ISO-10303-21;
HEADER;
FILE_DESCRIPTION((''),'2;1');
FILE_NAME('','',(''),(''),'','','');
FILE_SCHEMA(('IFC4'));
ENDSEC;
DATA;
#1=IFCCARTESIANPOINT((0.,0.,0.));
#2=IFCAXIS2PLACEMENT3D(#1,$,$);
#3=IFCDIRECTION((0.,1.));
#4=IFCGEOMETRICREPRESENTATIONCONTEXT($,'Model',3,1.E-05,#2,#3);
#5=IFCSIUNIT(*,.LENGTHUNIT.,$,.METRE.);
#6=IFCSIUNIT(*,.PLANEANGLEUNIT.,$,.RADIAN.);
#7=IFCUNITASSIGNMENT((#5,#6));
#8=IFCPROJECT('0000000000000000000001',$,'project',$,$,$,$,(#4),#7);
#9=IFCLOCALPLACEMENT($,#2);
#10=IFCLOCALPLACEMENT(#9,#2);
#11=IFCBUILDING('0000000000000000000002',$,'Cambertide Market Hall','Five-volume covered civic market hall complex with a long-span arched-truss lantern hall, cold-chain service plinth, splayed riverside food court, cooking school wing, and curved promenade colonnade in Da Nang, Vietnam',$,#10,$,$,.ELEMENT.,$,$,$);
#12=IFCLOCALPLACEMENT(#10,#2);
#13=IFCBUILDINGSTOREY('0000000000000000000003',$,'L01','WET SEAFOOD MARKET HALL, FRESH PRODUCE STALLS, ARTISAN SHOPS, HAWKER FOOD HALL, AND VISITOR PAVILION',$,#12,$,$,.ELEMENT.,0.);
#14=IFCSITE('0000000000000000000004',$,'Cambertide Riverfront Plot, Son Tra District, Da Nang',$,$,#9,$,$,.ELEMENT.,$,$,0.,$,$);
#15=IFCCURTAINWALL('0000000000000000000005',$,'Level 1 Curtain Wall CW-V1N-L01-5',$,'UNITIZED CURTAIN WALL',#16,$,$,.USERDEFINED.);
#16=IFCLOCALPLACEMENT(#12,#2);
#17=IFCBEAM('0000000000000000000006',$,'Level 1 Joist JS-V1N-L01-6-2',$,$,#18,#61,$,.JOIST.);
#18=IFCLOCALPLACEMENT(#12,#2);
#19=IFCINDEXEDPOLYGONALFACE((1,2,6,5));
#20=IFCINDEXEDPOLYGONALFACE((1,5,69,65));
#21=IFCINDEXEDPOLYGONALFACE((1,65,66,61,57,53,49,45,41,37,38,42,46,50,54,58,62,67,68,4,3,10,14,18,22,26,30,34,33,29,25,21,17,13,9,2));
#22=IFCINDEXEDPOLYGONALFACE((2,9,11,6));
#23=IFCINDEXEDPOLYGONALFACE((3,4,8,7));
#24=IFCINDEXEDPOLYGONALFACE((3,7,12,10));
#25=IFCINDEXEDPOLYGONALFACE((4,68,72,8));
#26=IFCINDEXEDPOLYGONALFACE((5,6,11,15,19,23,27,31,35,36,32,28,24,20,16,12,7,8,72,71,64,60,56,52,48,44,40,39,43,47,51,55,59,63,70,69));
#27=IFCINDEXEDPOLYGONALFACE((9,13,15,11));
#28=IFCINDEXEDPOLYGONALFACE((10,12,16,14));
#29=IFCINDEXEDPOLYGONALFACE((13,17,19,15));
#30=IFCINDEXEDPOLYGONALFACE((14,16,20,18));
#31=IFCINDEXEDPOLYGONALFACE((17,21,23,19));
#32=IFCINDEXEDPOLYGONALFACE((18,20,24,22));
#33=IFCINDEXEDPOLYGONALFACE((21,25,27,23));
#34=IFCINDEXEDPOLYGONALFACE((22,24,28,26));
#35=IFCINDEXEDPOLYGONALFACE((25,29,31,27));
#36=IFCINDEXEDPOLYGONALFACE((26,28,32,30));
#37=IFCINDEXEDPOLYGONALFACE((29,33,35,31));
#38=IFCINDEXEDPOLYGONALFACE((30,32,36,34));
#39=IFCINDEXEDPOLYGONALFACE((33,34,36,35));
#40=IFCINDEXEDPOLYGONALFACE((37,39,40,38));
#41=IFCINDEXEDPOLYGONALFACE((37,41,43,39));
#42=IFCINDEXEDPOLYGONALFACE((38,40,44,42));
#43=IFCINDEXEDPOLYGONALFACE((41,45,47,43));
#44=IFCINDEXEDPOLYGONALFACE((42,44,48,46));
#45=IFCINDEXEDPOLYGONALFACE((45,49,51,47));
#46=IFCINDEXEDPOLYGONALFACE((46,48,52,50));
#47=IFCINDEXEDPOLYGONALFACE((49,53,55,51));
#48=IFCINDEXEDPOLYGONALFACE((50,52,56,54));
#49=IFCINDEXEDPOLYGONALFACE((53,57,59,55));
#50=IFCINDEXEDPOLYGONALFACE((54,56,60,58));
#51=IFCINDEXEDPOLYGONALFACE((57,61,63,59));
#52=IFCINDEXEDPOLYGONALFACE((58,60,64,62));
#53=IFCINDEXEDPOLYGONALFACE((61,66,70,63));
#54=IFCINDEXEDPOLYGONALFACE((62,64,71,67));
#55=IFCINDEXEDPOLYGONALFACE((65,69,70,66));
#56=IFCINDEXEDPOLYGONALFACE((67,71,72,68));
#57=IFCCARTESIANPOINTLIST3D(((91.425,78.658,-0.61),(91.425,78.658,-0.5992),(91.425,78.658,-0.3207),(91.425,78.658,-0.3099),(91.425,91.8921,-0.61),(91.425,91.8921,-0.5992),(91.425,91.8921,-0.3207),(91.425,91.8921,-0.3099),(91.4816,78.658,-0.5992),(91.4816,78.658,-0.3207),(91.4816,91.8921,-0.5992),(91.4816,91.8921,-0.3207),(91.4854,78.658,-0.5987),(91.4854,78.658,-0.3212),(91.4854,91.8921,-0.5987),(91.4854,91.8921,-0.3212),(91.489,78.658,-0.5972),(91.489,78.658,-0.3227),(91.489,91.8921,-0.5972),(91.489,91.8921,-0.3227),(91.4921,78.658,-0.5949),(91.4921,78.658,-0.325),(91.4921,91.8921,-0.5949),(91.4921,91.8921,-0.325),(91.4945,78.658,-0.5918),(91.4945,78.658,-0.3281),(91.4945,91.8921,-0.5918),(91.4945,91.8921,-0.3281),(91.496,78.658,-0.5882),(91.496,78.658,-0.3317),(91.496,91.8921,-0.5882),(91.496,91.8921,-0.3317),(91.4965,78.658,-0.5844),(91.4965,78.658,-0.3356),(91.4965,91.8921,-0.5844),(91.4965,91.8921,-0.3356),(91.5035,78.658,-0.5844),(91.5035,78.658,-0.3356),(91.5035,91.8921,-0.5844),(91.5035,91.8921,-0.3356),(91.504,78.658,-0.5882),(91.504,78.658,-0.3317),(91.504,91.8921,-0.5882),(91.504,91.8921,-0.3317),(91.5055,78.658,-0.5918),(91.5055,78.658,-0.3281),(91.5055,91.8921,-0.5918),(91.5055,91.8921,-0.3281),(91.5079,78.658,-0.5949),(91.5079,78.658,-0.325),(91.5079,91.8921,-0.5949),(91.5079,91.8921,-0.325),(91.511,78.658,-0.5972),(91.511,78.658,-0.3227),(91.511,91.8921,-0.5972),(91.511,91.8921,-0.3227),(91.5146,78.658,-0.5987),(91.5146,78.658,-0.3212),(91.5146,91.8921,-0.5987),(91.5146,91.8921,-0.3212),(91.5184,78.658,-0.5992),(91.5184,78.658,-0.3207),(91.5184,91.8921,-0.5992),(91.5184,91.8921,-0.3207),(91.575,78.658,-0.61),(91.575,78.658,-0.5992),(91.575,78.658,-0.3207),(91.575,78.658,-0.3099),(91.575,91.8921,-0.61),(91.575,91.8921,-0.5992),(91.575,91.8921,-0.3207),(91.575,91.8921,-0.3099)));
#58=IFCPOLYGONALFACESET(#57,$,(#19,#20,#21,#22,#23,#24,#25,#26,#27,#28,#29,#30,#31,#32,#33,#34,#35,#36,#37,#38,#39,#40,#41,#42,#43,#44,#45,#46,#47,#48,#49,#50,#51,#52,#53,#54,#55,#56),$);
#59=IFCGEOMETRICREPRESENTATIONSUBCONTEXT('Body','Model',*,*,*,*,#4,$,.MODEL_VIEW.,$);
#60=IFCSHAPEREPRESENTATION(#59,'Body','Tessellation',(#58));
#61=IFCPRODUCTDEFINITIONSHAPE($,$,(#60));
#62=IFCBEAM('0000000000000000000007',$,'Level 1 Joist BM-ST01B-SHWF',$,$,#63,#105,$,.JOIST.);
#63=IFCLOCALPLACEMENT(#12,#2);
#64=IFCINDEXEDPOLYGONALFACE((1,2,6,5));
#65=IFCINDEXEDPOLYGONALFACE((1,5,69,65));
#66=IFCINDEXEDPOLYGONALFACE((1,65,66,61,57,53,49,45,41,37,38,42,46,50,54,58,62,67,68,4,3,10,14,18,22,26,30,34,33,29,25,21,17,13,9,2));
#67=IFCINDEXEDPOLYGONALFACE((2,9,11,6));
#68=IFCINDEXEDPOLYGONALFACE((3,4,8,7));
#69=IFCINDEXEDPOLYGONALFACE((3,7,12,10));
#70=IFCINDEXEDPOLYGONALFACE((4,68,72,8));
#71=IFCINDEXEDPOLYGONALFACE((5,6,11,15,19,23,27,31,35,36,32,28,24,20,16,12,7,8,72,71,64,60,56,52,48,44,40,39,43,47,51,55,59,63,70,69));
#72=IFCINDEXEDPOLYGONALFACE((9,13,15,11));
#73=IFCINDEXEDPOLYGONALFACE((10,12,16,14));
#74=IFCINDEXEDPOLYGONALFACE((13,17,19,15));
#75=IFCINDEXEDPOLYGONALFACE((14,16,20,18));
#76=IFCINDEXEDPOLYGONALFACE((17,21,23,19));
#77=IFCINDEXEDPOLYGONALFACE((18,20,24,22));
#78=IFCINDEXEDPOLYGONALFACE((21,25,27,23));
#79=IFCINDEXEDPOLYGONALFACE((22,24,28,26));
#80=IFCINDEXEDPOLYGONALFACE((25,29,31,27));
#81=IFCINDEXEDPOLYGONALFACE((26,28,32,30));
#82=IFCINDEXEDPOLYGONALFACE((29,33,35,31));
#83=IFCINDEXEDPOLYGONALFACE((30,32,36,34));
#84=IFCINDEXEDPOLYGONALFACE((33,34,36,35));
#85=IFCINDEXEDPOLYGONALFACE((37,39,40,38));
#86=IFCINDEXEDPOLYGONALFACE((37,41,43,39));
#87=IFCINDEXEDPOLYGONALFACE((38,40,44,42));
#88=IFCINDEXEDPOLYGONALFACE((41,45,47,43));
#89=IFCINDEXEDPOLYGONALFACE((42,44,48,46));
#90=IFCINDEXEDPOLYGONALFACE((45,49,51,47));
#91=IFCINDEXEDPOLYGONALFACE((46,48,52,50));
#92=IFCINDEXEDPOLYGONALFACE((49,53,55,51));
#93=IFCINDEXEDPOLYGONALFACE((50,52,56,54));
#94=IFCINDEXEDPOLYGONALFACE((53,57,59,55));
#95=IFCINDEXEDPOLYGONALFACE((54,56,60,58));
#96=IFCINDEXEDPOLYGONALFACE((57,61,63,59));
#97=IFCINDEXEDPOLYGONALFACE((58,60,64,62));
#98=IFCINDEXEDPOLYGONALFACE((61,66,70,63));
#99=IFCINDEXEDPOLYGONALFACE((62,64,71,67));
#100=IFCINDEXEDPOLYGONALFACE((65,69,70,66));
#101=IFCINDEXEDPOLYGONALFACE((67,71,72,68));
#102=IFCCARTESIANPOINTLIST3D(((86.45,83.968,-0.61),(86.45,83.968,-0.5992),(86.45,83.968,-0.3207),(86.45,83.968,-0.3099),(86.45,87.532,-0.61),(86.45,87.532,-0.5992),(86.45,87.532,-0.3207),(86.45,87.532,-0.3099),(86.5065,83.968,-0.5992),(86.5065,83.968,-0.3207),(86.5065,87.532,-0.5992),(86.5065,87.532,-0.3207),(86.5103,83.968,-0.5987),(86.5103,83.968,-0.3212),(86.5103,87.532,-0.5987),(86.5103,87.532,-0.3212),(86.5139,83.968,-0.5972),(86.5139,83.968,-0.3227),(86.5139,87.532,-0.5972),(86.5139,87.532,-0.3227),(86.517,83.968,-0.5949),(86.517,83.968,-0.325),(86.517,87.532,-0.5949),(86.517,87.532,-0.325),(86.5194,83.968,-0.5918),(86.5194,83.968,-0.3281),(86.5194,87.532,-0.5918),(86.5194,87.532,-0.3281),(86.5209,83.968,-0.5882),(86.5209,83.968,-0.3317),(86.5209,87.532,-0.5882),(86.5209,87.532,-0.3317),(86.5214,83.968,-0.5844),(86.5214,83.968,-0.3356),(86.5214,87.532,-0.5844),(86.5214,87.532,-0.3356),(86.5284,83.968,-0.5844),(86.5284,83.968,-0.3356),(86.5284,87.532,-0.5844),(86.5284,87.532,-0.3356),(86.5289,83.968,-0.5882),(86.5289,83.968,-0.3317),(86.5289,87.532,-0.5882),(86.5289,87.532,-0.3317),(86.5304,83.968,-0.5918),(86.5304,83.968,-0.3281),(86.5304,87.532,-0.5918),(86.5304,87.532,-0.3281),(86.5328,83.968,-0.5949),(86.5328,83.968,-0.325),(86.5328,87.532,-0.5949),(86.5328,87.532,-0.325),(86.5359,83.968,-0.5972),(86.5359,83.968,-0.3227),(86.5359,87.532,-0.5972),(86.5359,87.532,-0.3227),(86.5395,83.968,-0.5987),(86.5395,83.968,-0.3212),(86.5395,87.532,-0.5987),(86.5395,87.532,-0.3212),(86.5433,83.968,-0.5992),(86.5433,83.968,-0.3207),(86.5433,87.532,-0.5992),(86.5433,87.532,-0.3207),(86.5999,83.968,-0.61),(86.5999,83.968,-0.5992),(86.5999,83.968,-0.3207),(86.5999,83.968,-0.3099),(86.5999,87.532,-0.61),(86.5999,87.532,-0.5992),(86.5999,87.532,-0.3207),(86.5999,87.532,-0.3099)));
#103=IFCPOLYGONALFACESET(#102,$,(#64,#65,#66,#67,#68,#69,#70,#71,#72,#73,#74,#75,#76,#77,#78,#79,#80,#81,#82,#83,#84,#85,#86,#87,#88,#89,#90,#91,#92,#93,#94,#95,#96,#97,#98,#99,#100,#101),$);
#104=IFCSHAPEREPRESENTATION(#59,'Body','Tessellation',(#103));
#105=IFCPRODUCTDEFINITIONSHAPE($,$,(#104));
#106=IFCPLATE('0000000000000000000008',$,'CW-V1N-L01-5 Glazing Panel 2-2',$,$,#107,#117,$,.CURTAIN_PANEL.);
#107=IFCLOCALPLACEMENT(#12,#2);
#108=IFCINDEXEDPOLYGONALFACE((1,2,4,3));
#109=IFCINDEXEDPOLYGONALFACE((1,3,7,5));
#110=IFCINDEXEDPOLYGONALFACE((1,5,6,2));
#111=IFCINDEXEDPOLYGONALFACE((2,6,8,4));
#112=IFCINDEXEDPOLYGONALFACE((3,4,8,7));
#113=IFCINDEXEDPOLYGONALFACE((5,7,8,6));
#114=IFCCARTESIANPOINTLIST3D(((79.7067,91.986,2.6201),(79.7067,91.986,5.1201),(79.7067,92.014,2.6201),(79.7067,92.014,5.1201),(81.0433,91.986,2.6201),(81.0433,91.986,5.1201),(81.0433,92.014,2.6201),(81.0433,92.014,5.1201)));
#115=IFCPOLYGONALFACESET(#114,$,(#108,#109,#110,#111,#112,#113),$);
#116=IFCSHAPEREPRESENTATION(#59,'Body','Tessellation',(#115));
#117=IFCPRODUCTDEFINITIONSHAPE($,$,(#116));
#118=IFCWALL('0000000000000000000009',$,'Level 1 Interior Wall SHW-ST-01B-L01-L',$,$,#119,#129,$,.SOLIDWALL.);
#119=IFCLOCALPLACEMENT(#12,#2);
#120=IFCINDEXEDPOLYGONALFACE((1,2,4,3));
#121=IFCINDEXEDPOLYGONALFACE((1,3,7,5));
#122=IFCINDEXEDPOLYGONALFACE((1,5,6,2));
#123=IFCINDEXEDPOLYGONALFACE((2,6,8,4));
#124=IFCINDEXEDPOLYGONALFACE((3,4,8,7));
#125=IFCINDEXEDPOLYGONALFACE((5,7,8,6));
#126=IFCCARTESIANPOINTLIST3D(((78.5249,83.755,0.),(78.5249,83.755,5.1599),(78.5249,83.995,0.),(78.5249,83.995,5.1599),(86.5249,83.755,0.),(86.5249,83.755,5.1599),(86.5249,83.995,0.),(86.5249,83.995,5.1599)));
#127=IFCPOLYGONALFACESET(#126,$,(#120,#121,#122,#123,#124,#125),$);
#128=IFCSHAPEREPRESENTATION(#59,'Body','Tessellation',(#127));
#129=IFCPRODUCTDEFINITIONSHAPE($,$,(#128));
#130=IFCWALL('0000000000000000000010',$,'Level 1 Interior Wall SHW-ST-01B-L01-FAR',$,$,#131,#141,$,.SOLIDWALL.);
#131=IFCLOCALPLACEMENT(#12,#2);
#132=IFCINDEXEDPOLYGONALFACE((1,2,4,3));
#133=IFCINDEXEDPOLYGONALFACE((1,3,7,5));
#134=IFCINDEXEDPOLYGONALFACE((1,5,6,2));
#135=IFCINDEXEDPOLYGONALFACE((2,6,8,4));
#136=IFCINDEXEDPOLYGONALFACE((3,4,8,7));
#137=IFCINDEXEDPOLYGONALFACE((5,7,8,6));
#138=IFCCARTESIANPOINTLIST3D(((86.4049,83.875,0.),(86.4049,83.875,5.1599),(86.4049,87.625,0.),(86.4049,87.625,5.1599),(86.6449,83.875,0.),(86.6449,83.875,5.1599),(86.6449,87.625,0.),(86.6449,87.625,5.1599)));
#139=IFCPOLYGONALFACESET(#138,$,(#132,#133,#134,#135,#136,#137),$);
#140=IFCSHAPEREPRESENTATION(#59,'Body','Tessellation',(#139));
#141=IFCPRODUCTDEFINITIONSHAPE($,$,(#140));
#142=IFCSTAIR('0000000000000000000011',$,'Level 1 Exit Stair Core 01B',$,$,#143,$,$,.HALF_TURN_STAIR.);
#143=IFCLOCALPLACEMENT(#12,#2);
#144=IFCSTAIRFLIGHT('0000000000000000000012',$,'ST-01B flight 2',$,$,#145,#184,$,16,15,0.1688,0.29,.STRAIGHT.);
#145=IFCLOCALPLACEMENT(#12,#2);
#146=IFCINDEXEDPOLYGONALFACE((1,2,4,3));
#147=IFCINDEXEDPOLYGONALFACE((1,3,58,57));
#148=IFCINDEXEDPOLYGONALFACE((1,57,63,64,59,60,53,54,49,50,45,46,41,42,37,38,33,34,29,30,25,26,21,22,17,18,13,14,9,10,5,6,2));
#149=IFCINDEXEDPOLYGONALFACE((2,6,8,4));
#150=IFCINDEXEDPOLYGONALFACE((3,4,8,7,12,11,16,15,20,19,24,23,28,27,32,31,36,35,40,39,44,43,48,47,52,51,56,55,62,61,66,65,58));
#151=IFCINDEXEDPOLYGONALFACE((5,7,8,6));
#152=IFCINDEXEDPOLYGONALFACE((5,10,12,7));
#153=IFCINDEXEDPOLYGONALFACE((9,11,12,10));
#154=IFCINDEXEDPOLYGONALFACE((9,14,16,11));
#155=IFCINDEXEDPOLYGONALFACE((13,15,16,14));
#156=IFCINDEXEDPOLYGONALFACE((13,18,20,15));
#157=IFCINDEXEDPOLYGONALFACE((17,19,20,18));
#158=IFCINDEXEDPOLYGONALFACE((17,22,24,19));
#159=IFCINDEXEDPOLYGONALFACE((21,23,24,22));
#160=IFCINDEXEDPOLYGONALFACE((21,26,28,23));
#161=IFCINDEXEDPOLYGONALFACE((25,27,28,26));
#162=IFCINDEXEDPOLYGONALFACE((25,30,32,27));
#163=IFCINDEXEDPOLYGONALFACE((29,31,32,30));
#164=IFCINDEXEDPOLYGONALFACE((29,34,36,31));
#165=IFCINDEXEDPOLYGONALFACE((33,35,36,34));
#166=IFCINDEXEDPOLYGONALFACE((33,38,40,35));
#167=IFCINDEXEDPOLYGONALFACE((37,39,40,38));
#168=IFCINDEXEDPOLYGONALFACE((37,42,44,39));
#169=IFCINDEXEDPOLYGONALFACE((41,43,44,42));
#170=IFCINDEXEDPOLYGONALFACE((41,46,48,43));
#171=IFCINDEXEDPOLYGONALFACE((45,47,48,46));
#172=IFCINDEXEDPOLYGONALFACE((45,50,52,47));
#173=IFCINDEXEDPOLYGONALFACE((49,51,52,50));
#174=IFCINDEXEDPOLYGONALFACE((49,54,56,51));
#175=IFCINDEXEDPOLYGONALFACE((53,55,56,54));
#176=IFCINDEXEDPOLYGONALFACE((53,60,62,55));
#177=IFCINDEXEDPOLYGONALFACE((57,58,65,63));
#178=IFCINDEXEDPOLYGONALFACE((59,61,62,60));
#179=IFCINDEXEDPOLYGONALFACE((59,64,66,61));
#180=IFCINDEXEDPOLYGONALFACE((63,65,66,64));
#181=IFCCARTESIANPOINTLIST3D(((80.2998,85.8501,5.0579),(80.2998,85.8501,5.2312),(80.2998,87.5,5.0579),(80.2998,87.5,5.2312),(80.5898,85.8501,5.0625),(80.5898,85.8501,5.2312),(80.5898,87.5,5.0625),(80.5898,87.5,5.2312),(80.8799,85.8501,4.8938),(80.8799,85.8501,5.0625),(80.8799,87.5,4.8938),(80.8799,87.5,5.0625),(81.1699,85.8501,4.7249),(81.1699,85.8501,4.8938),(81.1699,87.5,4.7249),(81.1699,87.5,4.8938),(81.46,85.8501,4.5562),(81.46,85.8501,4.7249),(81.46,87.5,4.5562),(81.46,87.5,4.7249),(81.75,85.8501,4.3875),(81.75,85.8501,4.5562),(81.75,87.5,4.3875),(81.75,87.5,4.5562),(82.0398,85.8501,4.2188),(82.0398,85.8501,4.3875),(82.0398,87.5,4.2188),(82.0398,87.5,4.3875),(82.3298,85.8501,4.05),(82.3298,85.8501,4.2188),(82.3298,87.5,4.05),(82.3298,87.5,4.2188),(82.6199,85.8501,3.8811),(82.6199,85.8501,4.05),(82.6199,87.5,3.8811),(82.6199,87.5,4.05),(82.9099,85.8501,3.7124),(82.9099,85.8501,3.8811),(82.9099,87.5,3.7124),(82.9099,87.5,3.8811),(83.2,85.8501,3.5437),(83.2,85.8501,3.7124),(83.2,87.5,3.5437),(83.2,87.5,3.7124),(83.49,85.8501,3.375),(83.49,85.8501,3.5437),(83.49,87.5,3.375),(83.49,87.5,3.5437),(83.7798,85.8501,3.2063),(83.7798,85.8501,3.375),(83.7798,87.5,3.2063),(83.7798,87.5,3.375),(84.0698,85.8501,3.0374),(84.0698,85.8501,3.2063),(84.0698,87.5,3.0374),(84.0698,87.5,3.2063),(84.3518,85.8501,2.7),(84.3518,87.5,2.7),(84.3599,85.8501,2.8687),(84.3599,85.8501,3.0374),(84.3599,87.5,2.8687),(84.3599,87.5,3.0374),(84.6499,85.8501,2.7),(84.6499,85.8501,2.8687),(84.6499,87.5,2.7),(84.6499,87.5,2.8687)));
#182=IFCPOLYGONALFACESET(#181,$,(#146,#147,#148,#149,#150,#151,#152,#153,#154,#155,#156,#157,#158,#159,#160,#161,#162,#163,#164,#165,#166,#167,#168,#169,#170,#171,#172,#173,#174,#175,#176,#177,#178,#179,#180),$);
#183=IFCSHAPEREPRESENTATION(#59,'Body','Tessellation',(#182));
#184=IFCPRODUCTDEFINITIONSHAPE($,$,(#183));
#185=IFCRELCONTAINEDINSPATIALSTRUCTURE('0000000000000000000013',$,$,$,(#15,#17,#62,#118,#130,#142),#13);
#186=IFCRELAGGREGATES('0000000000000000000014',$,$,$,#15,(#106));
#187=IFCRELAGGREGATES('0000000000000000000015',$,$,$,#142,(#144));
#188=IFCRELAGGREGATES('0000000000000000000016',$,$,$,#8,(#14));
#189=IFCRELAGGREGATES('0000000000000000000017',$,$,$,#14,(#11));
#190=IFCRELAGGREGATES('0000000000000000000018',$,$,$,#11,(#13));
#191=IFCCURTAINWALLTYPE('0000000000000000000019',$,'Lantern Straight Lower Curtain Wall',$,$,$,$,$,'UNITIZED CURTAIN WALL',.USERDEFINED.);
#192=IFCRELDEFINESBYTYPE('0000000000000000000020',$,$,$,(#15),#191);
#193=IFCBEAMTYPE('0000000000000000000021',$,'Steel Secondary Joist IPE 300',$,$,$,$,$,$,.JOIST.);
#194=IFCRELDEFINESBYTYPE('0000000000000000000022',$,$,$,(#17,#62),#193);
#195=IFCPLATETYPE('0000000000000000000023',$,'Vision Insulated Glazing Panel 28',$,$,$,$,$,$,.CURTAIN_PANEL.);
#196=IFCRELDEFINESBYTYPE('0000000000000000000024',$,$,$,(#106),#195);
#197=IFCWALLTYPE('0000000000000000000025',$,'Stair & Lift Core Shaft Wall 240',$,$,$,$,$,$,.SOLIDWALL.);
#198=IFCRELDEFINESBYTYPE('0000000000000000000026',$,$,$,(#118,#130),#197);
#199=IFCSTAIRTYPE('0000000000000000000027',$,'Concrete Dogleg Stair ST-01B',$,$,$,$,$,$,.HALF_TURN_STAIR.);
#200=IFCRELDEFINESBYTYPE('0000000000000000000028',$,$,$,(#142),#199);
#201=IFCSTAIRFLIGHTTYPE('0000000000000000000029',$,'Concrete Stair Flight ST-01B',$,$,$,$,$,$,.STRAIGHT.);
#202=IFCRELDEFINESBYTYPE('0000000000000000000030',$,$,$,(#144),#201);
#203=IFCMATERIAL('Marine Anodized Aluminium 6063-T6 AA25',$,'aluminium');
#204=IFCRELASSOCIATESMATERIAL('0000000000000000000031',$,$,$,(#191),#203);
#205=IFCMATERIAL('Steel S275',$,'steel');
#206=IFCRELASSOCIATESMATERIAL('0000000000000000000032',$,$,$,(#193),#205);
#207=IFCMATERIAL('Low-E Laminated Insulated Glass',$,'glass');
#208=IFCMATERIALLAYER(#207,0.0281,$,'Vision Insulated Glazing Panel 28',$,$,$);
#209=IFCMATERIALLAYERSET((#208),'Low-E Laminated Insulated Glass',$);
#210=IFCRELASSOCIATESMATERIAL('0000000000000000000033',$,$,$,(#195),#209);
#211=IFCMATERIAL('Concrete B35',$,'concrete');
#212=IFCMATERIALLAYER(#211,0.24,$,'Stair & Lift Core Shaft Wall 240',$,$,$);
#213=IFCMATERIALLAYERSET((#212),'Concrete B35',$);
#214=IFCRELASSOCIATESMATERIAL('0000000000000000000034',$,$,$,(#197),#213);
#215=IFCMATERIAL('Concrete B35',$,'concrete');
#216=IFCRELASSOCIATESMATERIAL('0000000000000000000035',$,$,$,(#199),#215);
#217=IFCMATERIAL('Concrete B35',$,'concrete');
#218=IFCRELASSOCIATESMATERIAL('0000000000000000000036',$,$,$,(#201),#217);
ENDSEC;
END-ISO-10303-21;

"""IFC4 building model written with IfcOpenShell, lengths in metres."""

from ifc_helpers import new_model, si_unit, direction, frame, frame_2d, origin, origin_2d, place, context, subcontext, project, spatial, polyline, rectangle, i_section, outline, extrude, material, layer, layer_set, material_profile, profile_set, type_object, element, aggregate, save


model = new_model("IFC4")

# Units and contexts
model_context = context("Model", 3, precision=1e-05, world=origin(), true_north=direction((0.0, 1.0)))
body_context = subcontext(model_context, "Body", "Model", "MODEL_VIEW")
ifc_project = project(units=[si_unit("LENGTHUNIT", "METRE"), si_unit("PLANEANGLEUNIT", "RADIAN")], contexts=[model_context])

# Site, building, storey
site_placement = place(None, origin())
site = spatial("IfcSite", under=ifc_project, at=site_placement, Name="Cambertide Riverfront Plot, Son Tra District, Da Nang", CompositionType="ELEMENT", RefElevation=0.0)
building_placement = place(site_placement, origin())
building = spatial("IfcBuilding", under=site, at=building_placement, Name="Cambertide Market Hall", Description="Five-volume covered civic market hall complex with a long-span arched-truss lantern hall, cold-chain service plinth, splayed riverside food court, cooking school wing, and curved promenade colonnade in Da Nang, Vietnam", CompositionType="ELEMENT")
storey_placement = place(building_placement, origin())
storey = spatial("IfcBuildingStorey", under=building, at=storey_placement, Name="L01", Description="WET SEAFOOD MARKET HALL, FRESH PRODUCE STALLS, ARTISAN SHOPS, HAWKER FOOD HALL, AND VISITOR PAVILION", CompositionType="ELEMENT", Elevation=0.0)

# Curtain wall
ifc_material_1 = material(Name="Marine Anodized Aluminium 6063-T6 AA25", Category="aluminium")
curtain_wall_type = type_object("IfcCurtainWallType", Name="Lantern Straight Lower Curtain Wall", ElementType="UNITIZED CURTAIN WALL", PredefinedType="USERDEFINED", material=ifc_material_1)
curtain_wall_placement = place(storey_placement, origin())
curtain_wall = element("IfcCurtainWall", 1, at=curtain_wall_placement, inside=storey, type_object=curtain_wall_type, Name="Level 1 Curtain Wall CW-V1N-L01-5", ObjectType="UNITIZED CURTAIN WALL", PredefinedType="USERDEFINED")

# Beams
ifc_material_2 = material(Name="Steel S275", Category="steel")
ifc_material_profile_1 = material_profile(ifc_material_2, i_section(OverallWidth=0.1499, OverallDepth=0.3, WebThickness=0.0071, FlangeThickness=0.0107, FilletRadius=0.0149, at=origin_2d()), Name="IPE 300")
ifc_profile_set_1 = profile_set([ifc_material_profile_1], Name="Steel S275")
beam_type_1 = type_object("IfcBeamType", Name="Steel Secondary Joist IPE 300", PredefinedType="JOIST", material=ifc_profile_set_1)
for number, where, z_axis, x_axis, name in (
    (2, (91.5, 78.658, -0.46), (0.0, 1.0, 0.0), (-1.0, 0.0, 0.0), "Level 1 Joist JS-V1N-L01-6-2"),
):
    element("IfcBeam", number, at=place(storey_placement, frame(where, z_axis=z_axis, x_axis=x_axis)), inside=storey, type_object=beam_type_1, Name=name, PredefinedType="JOIST", context=body_context, shape_type="SweptSolid", body=[
        extrude(i_section(OverallWidth=0.1499, OverallDepth=0.3, WebThickness=0.0071, FlangeThickness=0.0107, FilletRadius=0.0149, at=origin_2d()), origin(), (0.0, 0.0, 1.0), 13.2341),
    ])
beam_1_placement = place(storey_placement, frame((86.5249, 83.968, -0.46), z_axis=(0.0, 1.0, 0.0), x_axis=(-1.0, 0.0, 0.0)))
element("IfcBeam", 3, at=beam_1_placement, inside=storey, type_object=beam_type_1, Name="Level 1 Joist BM-ST01B-SHWF", PredefinedType="JOIST", context=body_context, shape_type="SweptSolid", body=[
    extrude(i_section(OverallWidth=0.1499, OverallDepth=0.3, WebThickness=0.0071, FlangeThickness=0.0107, FilletRadius=0.0149, at=origin_2d()), origin(), (0.0, 0.0, 1.0), 3.564),
])

# Plate
ifc_material_3 = material(Name="Low-E Laminated Insulated Glass", Category="glass")
ifc_layer_1 = layer(ifc_material_3, 0.0281, Name="Vision Insulated Glazing Panel 28")
ifc_layer_set_1 = layer_set([ifc_layer_1], Name="Low-E Laminated Insulated Glass")
plate_type = type_object("IfcPlateType", Name="Vision Insulated Glazing Panel 28", PredefinedType="CURTAIN_PANEL", material=ifc_layer_set_1)
plate_placement = place(storey_placement, frame((80.375, 92.0, 2.6201), z_axis=(0.0, 0.0, 1.0), x_axis=(1.0, 0.0, 0.0)))
plate = element("IfcPlate", 4, at=plate_placement, type_object=plate_type, Name="CW-V1N-L01-5 Glazing Panel 2-2", PredefinedType="CURTAIN_PANEL", context=body_context, shape_type="SweptSolid", body=[
    extrude(rectangle(XDim=1.3367, YDim=0.0281, at=origin_2d()), origin(), (0.0, 0.0, 1.0), 2.5),
])
aggregate(curtain_wall, [plate])

# Walls
ifc_material_4 = material(Name="Concrete B35", Category="concrete")
ifc_layer_2 = layer(ifc_material_4, 0.24, Name="Stair & Lift Core Shaft Wall 240")
ifc_layer_set_2 = layer_set([ifc_layer_2], Name="Concrete B35")
wall_type = type_object("IfcWallType", Name="Stair & Lift Core Shaft Wall 240", PredefinedType="SOLIDWALL", material=ifc_layer_set_2)
wall_1_placement = place(storey_placement, frame((86.5249, 83.875, 0.0), z_axis=(0.0, 0.0, 1.0), x_axis=(-1.0, 0.0, 0.0)))
element("IfcWall", 5, at=wall_1_placement, inside=storey, type_object=wall_type, Name="Level 1 Interior Wall SHW-ST-01B-L01-L", PredefinedType="SOLIDWALL", context=body_context, shape_type="SweptSolid", body=[
    extrude(rectangle(XDim=8.0, YDim=0.24, at=frame_2d((4.0, 0.0))), origin(), (0.0, 0.0, 1.0), 5.1599),
])
wall_2_placement = place(storey_placement, frame((86.5249, 87.625, 0.0), z_axis=(0.0, 0.0, 1.0), x_axis=(0.0, -1.0, 0.0)))
element("IfcWall", 6, at=wall_2_placement, inside=storey, type_object=wall_type, Name="Level 1 Interior Wall SHW-ST-01B-L01-FAR", PredefinedType="SOLIDWALL", context=body_context, shape_type="SweptSolid", body=[
    extrude(rectangle(XDim=3.75, YDim=0.24, at=frame_2d((1.875, 0.0))), origin(), (0.0, 0.0, 1.0), 5.1599),
])

# Stair, stair flight
ifc_material_5 = material(Name="Concrete B35", Category="concrete")
stair_type_1 = type_object("IfcStairType", Name="Concrete Dogleg Stair ST-01B", PredefinedType="HALF_TURN_STAIR", material=ifc_material_5)
stair_1_placement = place(storey_placement, origin())
stair_1 = element("IfcStair", 7, at=stair_1_placement, inside=storey, type_object=stair_type_1, Name="Level 1 Exit Stair Core 01B", PredefinedType="HALF_TURN_STAIR")
ifc_material_6 = material(Name="Concrete B35", Category="concrete")
stair_flight_type_1 = type_object("IfcStairFlightType", Name="Concrete Stair Flight ST-01B", PredefinedType="STRAIGHT", material=ifc_material_6)
stair_flight_1_placement = place(storey_placement, frame((84.6499, 86.675, 2.7), z_axis=(0.0, 0.0, 1.0), x_axis=(-1.0, 0.0, 0.0)))
stair_flight_1 = element("IfcStairFlight", 8, at=stair_flight_1_placement, type_object=stair_flight_type_1, Name="ST-01B flight 2", NumberOfRisers=16, NumberOfTreads=15, PredefinedType="STRAIGHT", RiserHeight=0.1688, TreadLength=0.29, context=body_context, shape_type="SweptSolid", body=[
    extrude(outline(polyline([(0.0, 0.0), (0.0, 0.1687), (0.29, 0.1687), (0.29, 0.3374), (0.5801, 0.3374), (0.5801, 0.5063), (0.8701, 0.5063), (0.8701, 0.675), (1.1599, 0.675), (1.1599, 0.8438), (1.45, 0.8438), (1.45, 1.0125), (1.74, 1.0125), (1.74, 1.1812), (2.03, 1.1812), (2.03, 1.3501), (2.3201, 1.3501), (2.3201, 1.5188), (2.6101, 1.5188), (2.6101, 1.6875), (2.8999, 1.6875), (2.8999, 1.8562), (3.1899, 1.8562), (3.1899, 2.0249), (3.48, 2.0249), (3.48, 2.1938), (3.77, 2.1938), (3.77, 2.3625), (4.0601, 2.3625), (4.0601, 2.5312), (4.3501, 2.5312), (4.3501, 2.7), (4.3501, 2.3579), (0.2981, 0.0), (0.0, 0.0)])), frame((0.0, 0.825, 0.0), z_axis=(0.0, -1.0, 0.0), x_axis=(1.0, 0.0, 0.0)), (0.0, 0.0, 1.0), 1.6499),
])
aggregate(stair_1, [stair_flight_1])

save(model, "model.ifc")
